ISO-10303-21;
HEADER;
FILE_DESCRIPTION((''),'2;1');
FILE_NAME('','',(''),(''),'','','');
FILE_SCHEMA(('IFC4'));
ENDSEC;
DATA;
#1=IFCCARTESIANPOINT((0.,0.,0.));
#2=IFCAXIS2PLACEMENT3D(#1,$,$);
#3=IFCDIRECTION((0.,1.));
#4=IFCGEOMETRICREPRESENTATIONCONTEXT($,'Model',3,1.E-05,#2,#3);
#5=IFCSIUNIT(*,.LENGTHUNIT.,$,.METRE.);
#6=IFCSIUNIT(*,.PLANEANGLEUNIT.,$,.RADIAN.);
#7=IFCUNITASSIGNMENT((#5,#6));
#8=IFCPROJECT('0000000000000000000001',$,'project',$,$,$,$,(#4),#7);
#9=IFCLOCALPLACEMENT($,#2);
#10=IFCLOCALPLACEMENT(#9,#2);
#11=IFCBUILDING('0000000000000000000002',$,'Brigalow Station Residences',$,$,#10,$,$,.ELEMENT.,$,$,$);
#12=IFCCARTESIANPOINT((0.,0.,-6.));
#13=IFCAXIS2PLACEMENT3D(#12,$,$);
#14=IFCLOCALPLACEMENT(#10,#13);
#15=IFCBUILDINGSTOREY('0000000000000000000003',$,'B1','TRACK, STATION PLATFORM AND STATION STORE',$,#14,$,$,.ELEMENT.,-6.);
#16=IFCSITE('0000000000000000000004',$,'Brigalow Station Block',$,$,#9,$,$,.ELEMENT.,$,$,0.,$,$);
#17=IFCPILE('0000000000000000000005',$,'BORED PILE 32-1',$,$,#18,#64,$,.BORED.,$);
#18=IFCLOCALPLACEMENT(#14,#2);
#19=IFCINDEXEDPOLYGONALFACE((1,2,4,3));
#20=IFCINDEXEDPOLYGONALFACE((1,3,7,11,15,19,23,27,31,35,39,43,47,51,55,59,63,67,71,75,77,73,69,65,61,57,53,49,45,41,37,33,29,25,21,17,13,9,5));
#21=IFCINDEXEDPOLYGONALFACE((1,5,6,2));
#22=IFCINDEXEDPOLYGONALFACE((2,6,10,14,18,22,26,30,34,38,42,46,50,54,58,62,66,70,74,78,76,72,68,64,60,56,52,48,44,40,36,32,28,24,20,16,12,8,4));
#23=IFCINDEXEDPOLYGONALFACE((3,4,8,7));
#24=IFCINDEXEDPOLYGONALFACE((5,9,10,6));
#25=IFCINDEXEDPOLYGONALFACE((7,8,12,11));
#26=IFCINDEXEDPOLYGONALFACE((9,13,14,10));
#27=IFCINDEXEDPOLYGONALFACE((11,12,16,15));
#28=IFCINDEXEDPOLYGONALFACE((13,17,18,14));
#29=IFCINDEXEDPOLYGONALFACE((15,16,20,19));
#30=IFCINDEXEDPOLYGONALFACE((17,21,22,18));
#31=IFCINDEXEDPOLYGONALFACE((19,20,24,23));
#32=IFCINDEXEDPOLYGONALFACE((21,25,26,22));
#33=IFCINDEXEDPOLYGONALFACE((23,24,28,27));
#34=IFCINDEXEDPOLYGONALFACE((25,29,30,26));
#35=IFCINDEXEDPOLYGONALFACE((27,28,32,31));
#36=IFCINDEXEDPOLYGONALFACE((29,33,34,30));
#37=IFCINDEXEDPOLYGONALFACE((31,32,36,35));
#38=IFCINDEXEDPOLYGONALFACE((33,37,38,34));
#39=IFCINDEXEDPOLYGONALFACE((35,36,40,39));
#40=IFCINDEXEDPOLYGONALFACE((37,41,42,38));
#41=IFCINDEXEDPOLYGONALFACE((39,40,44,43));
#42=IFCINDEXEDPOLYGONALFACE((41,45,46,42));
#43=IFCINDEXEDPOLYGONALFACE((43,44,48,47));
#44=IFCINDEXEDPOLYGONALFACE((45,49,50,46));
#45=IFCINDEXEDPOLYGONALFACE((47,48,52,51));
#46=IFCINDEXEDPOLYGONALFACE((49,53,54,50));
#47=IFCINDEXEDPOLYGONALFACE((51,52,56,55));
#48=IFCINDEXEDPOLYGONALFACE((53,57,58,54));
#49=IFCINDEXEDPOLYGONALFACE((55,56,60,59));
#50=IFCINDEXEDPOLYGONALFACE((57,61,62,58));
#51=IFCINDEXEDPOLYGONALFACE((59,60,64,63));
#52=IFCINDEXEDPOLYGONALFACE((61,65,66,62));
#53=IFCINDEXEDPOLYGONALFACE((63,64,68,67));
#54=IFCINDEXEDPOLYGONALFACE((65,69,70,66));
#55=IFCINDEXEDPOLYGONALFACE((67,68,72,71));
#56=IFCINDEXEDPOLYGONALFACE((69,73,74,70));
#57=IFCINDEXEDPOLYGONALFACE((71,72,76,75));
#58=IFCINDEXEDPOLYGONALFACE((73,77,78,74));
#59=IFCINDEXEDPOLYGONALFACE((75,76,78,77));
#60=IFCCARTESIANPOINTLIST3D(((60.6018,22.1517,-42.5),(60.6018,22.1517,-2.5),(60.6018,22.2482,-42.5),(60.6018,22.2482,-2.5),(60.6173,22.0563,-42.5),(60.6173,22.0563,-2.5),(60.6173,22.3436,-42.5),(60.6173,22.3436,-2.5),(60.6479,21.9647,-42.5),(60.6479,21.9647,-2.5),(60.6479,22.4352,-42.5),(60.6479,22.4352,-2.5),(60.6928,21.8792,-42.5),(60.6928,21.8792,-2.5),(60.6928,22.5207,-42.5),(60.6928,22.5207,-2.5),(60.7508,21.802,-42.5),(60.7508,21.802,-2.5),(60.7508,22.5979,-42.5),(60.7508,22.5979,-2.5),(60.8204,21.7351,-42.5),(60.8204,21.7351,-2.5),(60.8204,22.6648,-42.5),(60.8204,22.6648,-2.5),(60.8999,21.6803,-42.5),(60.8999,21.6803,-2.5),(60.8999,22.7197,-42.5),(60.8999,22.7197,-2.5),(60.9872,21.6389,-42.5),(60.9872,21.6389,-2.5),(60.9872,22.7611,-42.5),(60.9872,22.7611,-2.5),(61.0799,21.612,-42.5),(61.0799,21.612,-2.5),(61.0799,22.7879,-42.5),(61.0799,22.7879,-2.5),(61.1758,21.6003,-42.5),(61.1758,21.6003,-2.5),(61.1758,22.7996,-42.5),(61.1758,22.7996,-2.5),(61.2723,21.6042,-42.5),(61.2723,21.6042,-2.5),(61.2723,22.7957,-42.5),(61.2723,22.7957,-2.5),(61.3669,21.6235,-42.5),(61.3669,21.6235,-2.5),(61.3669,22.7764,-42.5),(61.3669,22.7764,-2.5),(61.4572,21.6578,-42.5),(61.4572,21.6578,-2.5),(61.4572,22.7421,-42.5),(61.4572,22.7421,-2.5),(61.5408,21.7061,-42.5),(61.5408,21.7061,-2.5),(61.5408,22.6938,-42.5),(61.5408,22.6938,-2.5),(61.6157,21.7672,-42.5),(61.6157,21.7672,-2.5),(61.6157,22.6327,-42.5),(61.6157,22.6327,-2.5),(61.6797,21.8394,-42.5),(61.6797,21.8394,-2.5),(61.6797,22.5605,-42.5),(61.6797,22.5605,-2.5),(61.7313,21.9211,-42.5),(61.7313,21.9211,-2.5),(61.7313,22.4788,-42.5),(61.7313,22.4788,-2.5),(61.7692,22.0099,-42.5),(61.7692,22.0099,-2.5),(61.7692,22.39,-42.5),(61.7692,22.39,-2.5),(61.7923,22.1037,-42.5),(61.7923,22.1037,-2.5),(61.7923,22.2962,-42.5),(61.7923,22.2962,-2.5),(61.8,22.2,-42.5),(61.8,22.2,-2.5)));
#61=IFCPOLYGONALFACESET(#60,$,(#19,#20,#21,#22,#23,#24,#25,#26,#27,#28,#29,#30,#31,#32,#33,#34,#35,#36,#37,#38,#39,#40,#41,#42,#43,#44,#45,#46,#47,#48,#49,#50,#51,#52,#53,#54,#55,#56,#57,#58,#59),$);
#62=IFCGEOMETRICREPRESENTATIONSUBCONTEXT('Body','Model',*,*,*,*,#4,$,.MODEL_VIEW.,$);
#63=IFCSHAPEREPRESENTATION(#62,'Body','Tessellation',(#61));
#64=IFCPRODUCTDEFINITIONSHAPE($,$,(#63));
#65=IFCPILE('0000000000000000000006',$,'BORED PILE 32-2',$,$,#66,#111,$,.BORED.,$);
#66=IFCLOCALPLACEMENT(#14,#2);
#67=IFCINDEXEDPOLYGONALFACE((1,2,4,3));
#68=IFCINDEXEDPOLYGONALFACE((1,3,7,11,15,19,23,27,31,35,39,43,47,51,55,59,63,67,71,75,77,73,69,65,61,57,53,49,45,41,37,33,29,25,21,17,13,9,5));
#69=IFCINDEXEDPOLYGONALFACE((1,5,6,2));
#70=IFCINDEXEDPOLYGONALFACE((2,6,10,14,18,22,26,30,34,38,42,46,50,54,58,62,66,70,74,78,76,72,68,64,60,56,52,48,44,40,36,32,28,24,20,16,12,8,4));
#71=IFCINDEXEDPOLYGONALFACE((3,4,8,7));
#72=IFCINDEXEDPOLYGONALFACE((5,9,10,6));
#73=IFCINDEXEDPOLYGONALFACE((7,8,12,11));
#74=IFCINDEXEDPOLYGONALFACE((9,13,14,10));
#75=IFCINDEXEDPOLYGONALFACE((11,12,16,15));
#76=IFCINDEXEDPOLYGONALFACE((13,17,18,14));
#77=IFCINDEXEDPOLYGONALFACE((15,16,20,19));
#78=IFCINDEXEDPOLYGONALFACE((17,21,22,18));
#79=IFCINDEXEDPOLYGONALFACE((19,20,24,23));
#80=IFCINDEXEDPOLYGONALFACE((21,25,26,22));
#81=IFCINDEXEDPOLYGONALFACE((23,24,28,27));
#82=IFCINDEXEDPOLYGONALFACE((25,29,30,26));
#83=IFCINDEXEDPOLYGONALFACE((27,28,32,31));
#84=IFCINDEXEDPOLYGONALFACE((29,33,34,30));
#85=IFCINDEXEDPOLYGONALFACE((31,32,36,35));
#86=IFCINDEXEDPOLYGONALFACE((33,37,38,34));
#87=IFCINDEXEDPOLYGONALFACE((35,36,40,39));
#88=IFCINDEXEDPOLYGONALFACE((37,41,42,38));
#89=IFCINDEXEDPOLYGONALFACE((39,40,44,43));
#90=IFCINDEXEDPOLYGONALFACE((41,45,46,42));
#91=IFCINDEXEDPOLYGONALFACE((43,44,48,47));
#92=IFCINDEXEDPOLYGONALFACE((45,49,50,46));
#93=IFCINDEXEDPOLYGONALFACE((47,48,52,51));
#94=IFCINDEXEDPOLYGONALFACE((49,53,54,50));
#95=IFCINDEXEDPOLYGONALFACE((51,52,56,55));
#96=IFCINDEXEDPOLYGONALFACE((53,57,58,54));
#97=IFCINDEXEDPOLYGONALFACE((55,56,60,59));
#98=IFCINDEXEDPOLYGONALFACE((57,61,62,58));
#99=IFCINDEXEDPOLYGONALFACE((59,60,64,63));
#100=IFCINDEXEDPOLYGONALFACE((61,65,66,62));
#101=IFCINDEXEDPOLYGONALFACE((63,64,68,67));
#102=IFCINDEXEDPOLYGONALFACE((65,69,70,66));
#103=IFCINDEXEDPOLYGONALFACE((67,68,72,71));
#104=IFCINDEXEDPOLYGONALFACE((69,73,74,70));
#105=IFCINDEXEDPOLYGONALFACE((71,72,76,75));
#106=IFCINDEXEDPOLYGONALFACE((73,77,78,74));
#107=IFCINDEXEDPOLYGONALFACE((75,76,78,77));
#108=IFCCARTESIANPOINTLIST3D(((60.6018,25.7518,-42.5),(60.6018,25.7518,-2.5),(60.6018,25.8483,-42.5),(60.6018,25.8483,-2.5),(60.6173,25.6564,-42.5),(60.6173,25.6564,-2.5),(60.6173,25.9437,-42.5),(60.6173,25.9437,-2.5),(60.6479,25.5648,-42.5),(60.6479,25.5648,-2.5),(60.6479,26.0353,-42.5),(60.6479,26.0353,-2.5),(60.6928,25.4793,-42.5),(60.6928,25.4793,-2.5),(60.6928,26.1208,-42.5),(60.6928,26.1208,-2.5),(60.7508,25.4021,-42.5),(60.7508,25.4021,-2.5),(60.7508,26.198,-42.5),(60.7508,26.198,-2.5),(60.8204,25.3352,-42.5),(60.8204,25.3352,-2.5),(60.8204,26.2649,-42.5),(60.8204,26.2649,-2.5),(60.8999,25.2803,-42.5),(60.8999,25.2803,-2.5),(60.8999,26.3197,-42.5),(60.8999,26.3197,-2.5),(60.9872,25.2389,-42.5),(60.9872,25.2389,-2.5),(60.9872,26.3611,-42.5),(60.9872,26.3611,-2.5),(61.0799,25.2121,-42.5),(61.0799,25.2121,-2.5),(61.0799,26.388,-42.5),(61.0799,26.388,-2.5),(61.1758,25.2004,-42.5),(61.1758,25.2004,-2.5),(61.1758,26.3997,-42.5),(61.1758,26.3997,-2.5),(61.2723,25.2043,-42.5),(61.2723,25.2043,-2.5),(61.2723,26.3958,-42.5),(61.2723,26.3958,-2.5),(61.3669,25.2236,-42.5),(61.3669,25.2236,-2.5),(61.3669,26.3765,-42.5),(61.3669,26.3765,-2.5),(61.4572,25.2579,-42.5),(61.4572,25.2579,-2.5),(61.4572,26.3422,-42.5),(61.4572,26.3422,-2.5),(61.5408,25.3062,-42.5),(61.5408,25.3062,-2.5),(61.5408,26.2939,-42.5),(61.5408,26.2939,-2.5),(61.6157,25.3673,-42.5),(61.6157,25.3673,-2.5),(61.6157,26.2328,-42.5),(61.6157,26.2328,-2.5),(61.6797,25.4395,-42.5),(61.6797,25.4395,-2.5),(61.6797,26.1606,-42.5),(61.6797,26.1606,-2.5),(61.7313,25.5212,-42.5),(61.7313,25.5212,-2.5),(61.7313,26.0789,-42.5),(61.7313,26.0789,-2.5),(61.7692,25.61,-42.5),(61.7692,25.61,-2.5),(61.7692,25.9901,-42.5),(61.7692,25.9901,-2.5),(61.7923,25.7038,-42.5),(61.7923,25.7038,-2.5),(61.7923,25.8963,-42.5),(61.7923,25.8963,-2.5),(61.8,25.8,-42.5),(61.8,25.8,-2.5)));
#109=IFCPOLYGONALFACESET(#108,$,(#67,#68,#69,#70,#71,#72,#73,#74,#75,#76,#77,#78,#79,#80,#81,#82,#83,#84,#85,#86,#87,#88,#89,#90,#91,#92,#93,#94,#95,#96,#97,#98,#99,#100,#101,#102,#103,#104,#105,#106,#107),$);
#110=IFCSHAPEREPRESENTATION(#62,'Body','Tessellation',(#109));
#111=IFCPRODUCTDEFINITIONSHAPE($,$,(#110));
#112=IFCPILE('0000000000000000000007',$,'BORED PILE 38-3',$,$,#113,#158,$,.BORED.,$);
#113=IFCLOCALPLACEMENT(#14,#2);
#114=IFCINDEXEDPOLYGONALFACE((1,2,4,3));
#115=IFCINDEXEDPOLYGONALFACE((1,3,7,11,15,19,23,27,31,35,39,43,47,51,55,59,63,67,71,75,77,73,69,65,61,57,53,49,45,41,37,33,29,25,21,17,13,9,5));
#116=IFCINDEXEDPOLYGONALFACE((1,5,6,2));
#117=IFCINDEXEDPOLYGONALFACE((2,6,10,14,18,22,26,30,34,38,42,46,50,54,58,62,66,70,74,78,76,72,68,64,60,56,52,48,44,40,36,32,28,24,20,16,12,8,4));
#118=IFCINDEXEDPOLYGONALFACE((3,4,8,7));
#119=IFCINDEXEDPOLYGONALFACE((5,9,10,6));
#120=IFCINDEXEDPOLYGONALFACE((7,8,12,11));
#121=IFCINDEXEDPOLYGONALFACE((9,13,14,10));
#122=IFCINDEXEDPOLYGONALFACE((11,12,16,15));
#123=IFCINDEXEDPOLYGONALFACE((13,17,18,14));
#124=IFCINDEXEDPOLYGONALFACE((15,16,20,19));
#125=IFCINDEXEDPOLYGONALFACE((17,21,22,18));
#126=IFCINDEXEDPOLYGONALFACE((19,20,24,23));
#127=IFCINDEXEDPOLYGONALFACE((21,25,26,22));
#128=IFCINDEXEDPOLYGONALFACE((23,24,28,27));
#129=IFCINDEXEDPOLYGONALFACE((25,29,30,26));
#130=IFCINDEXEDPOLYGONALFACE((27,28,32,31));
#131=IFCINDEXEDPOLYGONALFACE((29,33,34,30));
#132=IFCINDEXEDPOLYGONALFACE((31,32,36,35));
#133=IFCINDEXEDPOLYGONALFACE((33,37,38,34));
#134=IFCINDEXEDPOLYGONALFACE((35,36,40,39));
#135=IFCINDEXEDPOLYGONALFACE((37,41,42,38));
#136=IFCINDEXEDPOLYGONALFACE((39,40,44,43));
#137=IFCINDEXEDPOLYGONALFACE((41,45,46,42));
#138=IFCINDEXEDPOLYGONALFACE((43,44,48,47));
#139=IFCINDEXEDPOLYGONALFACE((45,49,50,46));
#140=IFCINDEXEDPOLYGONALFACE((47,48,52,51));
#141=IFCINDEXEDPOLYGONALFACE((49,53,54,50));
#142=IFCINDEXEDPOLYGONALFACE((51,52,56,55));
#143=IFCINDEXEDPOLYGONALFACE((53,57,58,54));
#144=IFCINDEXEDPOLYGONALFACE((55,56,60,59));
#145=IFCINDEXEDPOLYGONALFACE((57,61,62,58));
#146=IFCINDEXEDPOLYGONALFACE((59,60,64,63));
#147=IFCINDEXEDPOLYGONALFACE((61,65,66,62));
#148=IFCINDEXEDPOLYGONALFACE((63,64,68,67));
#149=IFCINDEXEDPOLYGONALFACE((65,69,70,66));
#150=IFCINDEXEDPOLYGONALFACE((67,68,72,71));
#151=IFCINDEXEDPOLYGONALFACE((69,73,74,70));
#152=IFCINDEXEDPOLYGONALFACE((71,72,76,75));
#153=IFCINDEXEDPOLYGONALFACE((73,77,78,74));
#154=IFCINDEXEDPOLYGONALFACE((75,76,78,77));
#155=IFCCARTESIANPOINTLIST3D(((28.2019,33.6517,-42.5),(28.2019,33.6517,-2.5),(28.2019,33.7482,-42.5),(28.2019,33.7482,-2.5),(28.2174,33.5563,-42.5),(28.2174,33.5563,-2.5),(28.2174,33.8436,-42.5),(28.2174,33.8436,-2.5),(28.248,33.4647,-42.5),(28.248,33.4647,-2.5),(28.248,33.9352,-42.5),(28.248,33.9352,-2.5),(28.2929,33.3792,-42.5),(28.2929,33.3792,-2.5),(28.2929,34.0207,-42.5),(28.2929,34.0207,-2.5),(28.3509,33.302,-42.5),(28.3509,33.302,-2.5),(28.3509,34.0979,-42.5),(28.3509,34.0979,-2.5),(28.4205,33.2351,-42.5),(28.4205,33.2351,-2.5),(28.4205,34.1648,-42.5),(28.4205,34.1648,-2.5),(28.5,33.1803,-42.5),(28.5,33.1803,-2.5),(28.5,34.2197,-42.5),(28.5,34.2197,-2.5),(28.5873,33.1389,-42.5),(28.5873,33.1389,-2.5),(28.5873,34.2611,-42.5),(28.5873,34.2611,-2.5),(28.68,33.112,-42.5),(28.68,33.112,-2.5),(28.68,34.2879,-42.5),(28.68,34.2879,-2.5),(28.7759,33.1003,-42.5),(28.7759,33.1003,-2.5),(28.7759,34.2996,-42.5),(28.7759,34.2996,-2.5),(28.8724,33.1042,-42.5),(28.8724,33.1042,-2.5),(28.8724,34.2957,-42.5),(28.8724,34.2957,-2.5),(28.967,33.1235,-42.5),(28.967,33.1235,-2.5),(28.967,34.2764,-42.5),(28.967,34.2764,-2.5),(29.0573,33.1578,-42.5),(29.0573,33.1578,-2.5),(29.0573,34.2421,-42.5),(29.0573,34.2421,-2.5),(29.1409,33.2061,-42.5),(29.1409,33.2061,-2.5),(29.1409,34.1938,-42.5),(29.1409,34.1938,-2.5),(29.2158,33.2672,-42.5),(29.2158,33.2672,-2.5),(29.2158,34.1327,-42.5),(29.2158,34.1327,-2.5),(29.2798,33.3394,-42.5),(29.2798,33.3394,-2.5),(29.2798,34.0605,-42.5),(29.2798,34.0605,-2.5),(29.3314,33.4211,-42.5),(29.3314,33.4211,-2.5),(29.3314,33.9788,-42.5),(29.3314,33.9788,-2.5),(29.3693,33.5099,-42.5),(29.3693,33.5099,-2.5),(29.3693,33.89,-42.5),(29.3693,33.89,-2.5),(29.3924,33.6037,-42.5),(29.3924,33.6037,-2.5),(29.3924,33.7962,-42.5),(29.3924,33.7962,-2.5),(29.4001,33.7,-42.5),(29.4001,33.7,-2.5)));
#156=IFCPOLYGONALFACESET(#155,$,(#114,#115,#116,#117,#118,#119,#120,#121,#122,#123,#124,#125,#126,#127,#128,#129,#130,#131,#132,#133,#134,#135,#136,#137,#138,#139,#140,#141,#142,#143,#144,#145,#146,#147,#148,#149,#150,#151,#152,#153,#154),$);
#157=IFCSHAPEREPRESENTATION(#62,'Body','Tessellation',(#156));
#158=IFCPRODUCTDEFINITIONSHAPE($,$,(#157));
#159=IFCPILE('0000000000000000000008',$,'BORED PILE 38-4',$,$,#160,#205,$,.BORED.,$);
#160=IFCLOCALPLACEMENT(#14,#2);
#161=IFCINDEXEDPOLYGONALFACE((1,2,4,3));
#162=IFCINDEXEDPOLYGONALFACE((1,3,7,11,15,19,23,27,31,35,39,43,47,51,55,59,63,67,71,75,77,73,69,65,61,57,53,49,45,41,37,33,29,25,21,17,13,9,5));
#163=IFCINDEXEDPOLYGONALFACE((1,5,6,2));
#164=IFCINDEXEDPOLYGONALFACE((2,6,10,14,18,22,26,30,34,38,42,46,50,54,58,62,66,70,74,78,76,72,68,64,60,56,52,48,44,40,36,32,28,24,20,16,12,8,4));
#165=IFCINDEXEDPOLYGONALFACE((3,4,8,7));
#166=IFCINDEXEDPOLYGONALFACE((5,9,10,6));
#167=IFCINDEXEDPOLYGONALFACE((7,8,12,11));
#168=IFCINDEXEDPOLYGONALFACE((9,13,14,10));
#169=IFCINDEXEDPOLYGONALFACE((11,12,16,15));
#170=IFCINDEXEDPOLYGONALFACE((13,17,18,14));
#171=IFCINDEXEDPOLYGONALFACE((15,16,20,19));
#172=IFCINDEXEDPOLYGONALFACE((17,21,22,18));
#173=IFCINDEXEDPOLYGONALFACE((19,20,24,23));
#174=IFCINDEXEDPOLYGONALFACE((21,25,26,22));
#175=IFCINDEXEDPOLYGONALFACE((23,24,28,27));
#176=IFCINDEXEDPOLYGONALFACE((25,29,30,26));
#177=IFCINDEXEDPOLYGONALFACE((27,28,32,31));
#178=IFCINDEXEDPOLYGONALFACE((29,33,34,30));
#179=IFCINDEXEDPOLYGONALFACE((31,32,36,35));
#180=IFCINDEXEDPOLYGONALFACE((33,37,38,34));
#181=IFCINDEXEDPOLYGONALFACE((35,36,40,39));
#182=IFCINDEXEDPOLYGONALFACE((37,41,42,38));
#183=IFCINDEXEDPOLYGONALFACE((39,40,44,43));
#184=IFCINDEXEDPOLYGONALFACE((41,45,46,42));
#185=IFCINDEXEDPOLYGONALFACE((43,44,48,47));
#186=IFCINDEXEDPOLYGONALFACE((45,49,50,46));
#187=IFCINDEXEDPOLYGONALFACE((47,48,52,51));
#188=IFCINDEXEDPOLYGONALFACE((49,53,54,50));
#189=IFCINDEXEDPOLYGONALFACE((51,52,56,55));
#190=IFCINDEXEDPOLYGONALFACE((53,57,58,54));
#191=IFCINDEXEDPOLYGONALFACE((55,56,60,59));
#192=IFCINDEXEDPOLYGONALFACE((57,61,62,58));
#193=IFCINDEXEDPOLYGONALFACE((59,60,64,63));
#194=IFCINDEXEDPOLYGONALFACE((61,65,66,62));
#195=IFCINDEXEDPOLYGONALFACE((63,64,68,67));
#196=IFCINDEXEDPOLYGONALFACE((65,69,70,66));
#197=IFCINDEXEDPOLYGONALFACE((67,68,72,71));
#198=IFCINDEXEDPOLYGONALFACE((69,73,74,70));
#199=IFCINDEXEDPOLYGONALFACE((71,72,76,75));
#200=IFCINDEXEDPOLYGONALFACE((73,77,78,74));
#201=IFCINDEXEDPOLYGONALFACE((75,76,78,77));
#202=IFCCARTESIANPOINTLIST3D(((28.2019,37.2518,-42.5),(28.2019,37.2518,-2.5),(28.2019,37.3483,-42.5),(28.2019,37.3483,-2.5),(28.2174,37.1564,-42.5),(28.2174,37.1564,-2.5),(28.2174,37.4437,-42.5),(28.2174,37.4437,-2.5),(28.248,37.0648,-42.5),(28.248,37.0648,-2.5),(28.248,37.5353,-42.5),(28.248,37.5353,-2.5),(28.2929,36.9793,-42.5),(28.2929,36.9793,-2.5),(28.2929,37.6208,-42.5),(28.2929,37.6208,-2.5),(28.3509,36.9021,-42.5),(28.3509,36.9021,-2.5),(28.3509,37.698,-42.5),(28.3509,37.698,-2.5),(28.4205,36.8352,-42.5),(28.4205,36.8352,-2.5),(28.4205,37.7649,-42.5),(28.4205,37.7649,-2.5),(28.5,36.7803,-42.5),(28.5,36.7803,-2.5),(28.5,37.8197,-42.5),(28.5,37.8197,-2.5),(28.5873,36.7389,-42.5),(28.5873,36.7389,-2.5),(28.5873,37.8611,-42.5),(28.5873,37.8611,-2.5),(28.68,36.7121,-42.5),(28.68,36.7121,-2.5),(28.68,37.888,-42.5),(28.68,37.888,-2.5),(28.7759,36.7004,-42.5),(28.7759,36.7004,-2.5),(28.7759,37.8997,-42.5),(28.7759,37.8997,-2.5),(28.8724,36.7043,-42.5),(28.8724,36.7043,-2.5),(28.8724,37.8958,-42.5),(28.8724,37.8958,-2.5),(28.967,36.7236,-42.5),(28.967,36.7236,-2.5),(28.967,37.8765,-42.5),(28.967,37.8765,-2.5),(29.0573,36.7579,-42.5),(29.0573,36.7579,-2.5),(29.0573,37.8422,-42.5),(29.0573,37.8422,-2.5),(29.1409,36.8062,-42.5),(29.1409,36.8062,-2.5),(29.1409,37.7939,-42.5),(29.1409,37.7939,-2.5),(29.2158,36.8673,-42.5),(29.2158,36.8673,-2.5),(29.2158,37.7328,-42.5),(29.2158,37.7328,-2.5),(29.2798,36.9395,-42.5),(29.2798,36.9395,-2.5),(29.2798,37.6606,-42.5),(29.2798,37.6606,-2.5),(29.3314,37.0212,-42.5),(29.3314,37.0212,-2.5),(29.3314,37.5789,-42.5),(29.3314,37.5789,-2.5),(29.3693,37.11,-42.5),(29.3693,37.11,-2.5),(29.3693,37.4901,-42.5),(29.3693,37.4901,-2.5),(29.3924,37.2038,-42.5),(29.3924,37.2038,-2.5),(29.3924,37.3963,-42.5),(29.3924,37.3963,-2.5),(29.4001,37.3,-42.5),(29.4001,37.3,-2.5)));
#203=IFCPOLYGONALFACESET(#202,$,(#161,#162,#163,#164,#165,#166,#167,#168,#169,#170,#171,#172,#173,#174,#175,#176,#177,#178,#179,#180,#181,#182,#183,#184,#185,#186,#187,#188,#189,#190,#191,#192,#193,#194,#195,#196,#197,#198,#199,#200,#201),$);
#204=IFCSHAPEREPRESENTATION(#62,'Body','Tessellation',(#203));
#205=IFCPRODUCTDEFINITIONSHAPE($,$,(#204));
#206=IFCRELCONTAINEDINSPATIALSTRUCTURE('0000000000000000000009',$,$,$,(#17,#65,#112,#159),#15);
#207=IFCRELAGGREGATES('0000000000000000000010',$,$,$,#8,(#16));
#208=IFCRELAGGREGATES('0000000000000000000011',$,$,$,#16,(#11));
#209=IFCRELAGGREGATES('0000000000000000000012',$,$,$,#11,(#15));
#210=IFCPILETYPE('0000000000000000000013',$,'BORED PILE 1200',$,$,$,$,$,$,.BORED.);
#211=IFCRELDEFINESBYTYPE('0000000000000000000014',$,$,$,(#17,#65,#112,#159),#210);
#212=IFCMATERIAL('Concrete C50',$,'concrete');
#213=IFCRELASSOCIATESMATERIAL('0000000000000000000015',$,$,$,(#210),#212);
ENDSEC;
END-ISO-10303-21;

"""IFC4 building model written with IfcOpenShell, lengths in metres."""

from ifc_helpers import new_model, si_unit, direction, frame, origin, origin_2d, place, context, subcontext, project, spatial, circle, extrude, material, material_profile, profile_set, type_object, element, save


model = new_model("IFC4")

# Units and contexts
model_context = context("Model", 3, precision=1e-05, world=origin(), true_north=direction((0.0, 1.0)))
body_context = subcontext(model_context, "Body", "Model", "MODEL_VIEW")
ifc_project = project(units=[si_unit("LENGTHUNIT", "METRE"), si_unit("PLANEANGLEUNIT", "RADIAN")], contexts=[model_context])

# Site, building, storey
site_placement = place(None, origin())
site = spatial("IfcSite", under=ifc_project, at=site_placement, Name="Brigalow Station Block", CompositionType="ELEMENT", RefElevation=0.0)
building_placement = place(site_placement, origin())
building = spatial("IfcBuilding", under=site, at=building_placement, Name="Brigalow Station Residences", CompositionType="ELEMENT")
storey_placement = place(building_placement, frame((0.0, 0.0, -6.0)))
storey = spatial("IfcBuildingStorey", under=building, at=storey_placement, Name="B1", Description="TRACK, STATION PLATFORM AND STATION STORE", CompositionType="ELEMENT", Elevation=-6.0)

# Piles
ifc_material_1 = material(Name="Concrete C50", Category="concrete")
ifc_material_profile_1 = material_profile(ifc_material_1, circle(Radius=0.6001, at=origin_2d()), Name="BP1200")
ifc_profile_set_1 = profile_set([ifc_material_profile_1], Name="Concrete C50")
pile_type = type_object("IfcPileType", Name="BORED PILE 1200", PredefinedType="BORED", material=ifc_profile_set_1)
for number, where, z_axis, x_axis, name in (
    (1, (61.2, 22.2, -2.5), (0.0, 0.0, -1.0), (1.0, 0.0, 0.0), "BORED PILE 32-1"),
    (2, (61.2, 25.8, -2.5), (0.0, 0.0, -1.0), (1.0, 0.0, 0.0), "BORED PILE 32-2"),
    (3, (28.8, 33.7, -2.5), (0.0, 0.0, -1.0), (1.0, 0.0, 0.0), "BORED PILE 38-3"),
    (4, (28.8, 37.3, -2.5), (0.0, 0.0, -1.0), (1.0, 0.0, 0.0), "BORED PILE 38-4"),
):
    element("IfcPile", number, at=place(storey_placement, frame(where, z_axis=z_axis, x_axis=x_axis)), inside=storey, type_object=pile_type, Name=name, PredefinedType="BORED", context=body_context, shape_type="SweptSolid", body=[
        extrude(circle(Radius=0.6001, at=origin_2d()), origin(), (0.0, 0.0, 1.0), 40.0),
    ])

save(model, "model.ifc")
